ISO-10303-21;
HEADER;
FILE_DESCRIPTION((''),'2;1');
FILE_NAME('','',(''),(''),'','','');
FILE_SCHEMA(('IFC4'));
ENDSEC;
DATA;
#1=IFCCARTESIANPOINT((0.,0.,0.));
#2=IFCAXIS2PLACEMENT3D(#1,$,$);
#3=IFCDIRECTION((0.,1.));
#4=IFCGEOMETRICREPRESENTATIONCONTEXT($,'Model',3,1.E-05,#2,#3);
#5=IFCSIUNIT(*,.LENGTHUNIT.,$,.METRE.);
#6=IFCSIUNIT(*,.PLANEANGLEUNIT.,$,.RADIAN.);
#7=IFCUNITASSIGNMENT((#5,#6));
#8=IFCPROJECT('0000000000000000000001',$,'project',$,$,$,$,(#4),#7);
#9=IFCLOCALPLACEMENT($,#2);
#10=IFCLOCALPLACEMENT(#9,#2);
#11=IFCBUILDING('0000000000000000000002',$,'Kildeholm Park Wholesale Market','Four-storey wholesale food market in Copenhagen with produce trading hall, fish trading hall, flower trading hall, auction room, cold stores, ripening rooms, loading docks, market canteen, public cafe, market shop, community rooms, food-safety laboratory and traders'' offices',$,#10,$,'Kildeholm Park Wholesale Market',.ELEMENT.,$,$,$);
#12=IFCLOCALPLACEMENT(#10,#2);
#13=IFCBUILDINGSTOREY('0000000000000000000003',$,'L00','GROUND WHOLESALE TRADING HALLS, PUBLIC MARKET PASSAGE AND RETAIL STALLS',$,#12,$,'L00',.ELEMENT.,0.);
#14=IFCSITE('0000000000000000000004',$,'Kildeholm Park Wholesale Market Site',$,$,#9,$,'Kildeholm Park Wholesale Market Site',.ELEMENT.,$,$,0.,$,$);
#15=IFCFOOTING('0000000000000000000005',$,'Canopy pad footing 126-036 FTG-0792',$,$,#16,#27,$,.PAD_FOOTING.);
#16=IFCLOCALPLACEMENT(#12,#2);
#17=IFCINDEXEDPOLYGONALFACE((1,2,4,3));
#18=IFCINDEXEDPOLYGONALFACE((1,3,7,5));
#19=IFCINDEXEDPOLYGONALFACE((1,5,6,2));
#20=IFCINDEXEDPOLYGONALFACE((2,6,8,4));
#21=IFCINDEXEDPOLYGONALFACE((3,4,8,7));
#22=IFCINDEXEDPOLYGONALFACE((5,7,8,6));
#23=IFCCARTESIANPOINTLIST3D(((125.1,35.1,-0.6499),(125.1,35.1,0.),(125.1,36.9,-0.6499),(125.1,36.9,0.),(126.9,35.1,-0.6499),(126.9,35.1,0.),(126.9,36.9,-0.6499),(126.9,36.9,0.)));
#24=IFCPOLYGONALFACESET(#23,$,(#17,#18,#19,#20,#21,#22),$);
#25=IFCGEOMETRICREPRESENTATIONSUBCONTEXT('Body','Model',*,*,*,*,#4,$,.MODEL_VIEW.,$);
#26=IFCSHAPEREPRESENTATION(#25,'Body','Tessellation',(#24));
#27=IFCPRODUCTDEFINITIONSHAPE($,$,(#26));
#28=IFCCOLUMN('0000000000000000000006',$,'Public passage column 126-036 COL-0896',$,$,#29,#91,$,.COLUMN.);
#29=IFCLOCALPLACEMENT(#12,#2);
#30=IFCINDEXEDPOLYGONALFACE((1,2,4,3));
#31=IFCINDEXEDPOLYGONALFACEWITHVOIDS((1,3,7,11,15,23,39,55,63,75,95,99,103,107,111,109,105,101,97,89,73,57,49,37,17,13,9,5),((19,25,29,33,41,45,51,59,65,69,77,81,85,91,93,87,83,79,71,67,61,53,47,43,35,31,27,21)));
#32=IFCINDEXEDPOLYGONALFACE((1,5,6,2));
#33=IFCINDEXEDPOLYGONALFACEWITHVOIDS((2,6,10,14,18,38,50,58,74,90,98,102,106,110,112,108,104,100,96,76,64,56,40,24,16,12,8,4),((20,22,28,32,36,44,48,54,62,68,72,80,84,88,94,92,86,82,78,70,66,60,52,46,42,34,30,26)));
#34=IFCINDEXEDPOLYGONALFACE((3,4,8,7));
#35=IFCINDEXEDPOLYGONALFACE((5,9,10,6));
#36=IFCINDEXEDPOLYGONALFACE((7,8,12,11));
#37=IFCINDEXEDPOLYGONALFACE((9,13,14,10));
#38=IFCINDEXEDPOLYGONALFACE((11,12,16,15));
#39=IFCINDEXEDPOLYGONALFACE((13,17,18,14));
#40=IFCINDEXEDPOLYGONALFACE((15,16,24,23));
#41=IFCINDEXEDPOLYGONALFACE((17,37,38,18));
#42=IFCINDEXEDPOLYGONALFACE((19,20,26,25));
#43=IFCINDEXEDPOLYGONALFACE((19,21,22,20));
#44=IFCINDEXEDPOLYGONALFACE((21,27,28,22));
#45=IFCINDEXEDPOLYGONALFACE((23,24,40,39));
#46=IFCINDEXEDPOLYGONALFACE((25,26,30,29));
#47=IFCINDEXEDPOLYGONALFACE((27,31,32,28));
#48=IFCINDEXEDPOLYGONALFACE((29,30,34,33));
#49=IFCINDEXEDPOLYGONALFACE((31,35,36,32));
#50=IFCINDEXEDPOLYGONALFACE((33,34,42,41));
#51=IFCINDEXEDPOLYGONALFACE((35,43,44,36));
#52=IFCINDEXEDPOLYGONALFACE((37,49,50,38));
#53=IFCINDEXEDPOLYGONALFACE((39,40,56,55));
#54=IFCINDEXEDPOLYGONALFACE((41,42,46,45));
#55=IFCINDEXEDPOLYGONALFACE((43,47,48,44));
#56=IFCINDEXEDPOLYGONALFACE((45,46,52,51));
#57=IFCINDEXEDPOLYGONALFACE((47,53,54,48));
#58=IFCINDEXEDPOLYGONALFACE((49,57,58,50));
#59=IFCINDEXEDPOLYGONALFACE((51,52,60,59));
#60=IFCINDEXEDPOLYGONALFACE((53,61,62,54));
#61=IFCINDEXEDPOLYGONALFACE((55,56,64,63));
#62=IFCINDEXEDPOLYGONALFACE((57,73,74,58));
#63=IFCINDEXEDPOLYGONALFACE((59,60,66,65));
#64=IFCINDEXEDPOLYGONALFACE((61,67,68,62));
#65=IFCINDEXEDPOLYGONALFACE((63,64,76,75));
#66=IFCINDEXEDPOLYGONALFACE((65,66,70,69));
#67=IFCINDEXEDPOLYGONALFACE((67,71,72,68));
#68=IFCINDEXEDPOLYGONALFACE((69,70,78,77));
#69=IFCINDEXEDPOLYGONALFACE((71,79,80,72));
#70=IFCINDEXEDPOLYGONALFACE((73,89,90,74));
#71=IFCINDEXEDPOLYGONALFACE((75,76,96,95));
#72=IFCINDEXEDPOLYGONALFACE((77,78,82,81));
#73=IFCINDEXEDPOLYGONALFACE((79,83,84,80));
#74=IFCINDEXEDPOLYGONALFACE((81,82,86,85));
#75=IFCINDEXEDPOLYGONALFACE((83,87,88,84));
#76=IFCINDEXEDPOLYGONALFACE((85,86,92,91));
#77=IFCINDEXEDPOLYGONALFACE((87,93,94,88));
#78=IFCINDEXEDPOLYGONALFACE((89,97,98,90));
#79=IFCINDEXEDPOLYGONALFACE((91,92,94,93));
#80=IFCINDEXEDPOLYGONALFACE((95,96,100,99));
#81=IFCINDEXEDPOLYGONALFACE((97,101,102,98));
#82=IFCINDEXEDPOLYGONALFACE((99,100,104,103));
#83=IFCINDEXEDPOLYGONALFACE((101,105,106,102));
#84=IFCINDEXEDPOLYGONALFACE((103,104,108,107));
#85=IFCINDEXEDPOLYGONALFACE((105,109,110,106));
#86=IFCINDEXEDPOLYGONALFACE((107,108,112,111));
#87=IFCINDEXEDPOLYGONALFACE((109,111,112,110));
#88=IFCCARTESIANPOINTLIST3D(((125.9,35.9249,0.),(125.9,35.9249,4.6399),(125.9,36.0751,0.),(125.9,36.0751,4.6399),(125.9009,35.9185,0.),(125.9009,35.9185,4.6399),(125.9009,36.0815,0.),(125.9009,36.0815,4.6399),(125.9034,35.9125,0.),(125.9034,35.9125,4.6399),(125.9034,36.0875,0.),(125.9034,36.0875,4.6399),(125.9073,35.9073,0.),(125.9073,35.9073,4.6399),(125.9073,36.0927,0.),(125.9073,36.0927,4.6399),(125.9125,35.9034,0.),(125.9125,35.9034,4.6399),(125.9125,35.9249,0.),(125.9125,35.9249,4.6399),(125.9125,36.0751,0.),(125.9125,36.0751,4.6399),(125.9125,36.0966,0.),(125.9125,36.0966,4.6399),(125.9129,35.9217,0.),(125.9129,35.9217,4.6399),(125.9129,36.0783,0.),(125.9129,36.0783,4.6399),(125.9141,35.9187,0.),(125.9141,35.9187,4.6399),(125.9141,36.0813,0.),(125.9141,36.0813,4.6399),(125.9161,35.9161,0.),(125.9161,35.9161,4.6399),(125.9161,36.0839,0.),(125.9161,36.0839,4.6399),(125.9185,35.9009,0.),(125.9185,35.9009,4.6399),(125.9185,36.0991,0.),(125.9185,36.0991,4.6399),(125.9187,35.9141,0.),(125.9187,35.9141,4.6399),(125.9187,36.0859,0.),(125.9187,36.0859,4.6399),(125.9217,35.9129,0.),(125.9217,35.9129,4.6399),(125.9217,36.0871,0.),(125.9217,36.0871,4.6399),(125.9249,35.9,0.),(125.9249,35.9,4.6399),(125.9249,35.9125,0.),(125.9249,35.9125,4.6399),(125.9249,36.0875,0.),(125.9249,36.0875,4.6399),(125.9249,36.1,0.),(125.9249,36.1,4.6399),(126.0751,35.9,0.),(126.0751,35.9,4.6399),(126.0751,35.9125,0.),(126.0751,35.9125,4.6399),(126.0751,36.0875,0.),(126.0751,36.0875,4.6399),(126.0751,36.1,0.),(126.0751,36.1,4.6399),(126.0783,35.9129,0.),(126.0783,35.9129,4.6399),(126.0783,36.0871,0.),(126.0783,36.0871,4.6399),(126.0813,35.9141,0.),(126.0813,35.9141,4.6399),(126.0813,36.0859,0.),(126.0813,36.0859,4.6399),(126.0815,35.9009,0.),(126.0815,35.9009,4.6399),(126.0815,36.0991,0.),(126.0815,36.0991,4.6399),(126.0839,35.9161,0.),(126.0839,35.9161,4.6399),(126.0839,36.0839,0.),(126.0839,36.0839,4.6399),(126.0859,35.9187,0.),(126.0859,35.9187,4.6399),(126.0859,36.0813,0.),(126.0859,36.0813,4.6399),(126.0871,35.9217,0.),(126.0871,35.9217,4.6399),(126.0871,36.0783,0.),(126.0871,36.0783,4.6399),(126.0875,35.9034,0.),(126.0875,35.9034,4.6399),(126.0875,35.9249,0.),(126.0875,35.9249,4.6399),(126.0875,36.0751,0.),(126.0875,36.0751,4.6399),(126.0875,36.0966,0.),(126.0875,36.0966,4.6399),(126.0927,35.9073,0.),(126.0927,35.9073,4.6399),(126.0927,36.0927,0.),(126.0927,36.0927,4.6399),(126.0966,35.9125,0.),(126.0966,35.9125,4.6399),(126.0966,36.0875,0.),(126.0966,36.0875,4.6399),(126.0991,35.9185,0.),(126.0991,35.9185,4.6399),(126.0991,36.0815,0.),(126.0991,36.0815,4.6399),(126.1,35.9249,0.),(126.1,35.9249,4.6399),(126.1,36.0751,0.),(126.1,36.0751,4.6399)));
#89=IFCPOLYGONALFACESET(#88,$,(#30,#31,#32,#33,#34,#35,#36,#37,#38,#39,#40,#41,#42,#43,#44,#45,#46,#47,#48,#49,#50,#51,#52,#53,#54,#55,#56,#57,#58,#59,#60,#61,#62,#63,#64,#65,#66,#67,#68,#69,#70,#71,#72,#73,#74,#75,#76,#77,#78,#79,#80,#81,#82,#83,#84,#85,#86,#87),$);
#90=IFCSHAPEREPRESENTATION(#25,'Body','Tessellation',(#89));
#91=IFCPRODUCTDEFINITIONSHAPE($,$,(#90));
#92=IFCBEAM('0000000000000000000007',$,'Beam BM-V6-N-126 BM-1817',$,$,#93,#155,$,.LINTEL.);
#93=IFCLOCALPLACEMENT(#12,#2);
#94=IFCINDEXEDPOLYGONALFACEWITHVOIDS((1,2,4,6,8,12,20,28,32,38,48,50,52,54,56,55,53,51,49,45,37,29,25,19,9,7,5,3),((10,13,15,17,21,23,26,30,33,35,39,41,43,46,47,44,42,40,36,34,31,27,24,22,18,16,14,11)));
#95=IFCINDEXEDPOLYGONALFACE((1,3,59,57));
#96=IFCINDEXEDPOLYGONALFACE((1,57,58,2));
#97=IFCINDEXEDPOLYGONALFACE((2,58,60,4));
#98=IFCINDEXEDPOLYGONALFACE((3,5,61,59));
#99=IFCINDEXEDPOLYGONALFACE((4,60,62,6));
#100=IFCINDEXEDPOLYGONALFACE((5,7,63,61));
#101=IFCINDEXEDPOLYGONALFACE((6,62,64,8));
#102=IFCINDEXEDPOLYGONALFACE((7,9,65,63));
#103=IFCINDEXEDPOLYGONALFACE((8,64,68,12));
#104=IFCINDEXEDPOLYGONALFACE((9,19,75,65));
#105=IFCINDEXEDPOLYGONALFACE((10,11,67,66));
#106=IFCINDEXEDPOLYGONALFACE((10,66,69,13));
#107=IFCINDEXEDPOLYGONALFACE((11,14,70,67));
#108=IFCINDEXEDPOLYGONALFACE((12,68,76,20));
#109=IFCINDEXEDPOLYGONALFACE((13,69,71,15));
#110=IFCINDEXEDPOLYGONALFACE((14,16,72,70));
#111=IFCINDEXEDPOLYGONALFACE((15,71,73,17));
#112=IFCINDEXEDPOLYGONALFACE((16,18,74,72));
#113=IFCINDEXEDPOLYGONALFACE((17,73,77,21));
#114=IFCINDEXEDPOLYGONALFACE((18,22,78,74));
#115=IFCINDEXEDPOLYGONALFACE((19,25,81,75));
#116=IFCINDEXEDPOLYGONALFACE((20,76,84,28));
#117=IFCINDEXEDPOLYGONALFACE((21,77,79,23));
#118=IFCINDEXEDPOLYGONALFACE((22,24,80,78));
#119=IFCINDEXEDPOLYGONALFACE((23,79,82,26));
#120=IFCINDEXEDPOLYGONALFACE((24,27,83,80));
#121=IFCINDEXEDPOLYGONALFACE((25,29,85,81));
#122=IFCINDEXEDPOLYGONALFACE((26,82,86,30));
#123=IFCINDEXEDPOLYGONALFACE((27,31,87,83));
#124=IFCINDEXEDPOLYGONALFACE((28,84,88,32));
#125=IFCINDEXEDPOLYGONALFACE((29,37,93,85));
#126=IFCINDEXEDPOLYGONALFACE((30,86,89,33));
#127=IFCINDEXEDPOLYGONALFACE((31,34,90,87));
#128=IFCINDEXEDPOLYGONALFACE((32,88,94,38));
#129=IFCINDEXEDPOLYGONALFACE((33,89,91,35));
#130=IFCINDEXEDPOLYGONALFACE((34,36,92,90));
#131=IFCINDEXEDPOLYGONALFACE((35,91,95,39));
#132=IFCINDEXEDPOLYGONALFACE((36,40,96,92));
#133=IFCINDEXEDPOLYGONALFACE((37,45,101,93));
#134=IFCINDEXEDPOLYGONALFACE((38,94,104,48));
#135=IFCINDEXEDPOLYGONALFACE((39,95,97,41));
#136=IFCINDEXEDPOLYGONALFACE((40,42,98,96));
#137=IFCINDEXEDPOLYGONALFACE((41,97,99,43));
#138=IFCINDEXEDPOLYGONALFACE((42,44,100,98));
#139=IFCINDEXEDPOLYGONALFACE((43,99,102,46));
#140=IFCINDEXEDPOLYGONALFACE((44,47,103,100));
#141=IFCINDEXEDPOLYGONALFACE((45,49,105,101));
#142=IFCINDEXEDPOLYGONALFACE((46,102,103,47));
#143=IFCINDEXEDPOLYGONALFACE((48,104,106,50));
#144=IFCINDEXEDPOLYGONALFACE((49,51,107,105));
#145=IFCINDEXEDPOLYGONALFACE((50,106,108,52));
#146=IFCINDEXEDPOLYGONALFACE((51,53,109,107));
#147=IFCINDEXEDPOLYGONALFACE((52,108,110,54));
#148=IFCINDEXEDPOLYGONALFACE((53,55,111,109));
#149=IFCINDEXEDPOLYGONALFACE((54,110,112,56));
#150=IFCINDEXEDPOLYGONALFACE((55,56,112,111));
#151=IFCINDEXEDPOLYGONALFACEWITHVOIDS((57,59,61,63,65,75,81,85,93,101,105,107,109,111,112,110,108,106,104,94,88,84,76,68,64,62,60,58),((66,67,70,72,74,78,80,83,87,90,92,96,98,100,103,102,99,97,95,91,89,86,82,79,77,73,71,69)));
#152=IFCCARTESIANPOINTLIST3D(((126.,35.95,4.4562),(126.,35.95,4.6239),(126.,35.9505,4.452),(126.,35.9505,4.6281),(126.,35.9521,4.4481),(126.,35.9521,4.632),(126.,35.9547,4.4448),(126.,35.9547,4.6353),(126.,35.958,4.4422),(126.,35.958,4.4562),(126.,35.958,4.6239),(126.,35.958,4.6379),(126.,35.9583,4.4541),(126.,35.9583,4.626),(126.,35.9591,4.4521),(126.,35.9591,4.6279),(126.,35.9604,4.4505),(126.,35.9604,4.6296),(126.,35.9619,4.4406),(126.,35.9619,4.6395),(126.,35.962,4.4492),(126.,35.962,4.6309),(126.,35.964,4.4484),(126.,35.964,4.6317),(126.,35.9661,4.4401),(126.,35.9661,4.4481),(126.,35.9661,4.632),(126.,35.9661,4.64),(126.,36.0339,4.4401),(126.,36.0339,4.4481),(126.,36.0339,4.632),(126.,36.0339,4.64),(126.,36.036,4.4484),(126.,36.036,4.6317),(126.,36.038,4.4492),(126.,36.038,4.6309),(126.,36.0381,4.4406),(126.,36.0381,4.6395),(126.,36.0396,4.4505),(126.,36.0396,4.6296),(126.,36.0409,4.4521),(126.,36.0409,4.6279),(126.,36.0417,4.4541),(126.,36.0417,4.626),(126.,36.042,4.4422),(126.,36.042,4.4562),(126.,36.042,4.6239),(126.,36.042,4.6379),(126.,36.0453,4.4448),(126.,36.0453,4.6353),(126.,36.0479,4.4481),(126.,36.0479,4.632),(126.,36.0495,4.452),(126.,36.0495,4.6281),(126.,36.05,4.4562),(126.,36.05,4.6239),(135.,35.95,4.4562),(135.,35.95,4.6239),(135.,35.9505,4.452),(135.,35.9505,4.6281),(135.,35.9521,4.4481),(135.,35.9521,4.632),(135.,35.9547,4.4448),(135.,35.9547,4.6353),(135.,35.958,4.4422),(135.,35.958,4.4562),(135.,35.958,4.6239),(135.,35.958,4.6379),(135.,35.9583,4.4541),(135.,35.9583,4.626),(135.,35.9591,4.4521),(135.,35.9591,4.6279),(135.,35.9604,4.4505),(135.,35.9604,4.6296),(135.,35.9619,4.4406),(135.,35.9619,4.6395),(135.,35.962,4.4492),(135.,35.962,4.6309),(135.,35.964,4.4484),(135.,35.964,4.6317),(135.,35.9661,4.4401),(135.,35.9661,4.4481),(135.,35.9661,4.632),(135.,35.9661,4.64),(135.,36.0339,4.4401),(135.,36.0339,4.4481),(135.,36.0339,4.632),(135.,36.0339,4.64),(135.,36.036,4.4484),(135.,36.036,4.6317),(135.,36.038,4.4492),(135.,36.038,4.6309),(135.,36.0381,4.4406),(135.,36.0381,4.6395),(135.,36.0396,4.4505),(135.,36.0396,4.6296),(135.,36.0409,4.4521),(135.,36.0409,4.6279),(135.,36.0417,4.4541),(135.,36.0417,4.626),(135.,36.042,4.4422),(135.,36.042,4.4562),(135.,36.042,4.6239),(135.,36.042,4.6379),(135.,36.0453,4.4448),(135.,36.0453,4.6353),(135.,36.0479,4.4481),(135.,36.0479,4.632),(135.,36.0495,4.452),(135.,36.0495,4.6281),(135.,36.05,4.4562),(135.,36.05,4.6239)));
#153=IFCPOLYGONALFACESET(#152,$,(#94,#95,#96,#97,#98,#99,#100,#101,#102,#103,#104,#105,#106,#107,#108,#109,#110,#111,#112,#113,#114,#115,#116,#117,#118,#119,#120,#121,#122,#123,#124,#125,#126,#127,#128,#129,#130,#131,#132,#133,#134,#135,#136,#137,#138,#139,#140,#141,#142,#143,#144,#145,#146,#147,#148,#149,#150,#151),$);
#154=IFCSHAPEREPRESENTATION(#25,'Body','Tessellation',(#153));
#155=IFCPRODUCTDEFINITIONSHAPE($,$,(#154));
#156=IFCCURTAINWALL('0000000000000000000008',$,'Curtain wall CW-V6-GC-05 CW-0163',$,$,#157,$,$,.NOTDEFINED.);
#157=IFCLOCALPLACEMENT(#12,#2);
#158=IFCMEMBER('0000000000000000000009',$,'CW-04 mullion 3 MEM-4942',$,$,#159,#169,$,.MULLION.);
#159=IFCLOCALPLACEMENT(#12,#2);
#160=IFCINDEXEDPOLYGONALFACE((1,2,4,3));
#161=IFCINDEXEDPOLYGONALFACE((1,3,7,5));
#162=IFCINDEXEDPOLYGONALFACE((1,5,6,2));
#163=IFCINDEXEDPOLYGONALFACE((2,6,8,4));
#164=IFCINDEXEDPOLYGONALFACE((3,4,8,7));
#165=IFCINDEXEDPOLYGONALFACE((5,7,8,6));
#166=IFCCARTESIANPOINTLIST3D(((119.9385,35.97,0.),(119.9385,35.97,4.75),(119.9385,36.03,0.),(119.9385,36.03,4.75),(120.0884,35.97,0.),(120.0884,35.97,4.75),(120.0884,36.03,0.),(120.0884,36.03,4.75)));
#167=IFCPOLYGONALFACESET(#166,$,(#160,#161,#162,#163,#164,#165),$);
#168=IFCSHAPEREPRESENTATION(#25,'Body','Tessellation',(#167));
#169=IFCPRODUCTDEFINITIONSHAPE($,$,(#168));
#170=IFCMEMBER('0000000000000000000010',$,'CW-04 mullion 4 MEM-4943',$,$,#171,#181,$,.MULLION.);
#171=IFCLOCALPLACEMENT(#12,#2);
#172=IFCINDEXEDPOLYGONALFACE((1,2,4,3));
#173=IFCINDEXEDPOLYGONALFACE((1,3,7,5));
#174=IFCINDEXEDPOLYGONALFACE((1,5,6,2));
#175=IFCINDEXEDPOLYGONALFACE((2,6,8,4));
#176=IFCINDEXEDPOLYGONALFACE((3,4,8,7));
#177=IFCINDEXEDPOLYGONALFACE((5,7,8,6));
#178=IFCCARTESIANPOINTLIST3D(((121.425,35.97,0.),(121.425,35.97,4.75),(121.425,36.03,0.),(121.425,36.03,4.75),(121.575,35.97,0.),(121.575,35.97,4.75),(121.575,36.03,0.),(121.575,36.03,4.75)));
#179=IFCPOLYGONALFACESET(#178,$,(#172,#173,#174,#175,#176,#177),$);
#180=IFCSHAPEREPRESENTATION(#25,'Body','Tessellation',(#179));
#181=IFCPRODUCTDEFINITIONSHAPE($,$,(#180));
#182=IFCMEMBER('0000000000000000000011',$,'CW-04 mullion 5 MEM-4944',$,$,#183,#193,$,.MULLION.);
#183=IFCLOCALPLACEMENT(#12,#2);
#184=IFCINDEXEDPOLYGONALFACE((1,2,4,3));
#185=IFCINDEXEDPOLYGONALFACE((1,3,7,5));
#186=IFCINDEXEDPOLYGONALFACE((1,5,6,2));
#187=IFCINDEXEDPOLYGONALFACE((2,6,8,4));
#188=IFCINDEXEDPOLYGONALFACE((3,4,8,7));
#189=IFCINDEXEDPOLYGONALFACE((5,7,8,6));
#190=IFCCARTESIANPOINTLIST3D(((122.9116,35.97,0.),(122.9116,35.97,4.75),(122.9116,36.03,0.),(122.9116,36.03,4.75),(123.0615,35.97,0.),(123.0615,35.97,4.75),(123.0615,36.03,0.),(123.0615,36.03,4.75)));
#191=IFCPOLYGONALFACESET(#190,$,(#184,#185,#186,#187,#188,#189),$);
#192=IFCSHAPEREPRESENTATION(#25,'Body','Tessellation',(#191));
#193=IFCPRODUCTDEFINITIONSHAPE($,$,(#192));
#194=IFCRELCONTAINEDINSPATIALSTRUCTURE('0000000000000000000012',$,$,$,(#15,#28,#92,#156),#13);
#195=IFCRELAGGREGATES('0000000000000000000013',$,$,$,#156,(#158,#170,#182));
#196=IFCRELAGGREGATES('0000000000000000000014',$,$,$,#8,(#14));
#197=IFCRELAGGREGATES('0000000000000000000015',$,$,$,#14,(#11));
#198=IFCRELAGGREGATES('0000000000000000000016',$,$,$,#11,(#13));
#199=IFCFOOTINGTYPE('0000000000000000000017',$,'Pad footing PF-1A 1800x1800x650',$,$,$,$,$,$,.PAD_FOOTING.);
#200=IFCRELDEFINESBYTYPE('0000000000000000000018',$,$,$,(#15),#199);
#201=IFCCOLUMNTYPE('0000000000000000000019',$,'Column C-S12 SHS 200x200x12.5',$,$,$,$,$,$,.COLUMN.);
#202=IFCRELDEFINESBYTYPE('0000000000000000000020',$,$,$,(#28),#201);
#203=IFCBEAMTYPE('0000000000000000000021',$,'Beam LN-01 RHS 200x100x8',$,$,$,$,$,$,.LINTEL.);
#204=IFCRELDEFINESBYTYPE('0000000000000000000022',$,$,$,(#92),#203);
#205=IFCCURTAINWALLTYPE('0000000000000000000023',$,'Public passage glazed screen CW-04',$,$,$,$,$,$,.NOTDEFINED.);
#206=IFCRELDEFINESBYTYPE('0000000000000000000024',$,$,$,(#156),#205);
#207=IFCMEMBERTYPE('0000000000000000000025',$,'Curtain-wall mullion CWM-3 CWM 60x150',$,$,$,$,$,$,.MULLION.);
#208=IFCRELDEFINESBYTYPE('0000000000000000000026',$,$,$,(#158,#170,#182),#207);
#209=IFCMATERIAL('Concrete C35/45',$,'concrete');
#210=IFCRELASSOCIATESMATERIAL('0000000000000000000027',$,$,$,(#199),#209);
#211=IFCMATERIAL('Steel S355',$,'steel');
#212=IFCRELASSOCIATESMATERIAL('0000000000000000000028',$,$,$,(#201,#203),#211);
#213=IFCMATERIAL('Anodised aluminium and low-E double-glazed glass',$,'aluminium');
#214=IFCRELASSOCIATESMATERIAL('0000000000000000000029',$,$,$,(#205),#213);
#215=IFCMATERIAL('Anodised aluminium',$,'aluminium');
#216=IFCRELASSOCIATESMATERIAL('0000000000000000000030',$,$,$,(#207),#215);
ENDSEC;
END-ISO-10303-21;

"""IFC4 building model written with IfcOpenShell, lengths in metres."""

from ifc_helpers import new_model, si_unit, direction, frame, origin, origin_2d, place, context, subcontext, project, spatial, rectangle, hollow_rectangle, extrude, material, material_profile, profile_set, type_object, element, aggregate, save


model = new_model("IFC4")

# Units and contexts
model_context = context("Model", 3, precision=1e-05, world=origin(), true_north=direction((0.0, 1.0)))
body_context = subcontext(model_context, "Body", "Model", "MODEL_VIEW")
ifc_project = project(units=[si_unit("LENGTHUNIT", "METRE"), si_unit("PLANEANGLEUNIT", "RADIAN")], contexts=[model_context])

# Site, building, storey
site_placement = place(None, origin())
site = spatial("IfcSite", under=ifc_project, at=site_placement, Name="Kildeholm Park Wholesale Market Site", LongName="Kildeholm Park Wholesale Market Site", CompositionType="ELEMENT", RefElevation=0.0)
building_placement = place(site_placement, origin())
building = spatial("IfcBuilding", under=site, at=building_placement, Name="Kildeholm Park Wholesale Market", Description="Four-storey wholesale food market in Copenhagen with produce trading hall, fish trading hall, flower trading hall, auction room, cold stores, ripening rooms, loading docks, market canteen, public cafe, market shop, community rooms, food-safety laboratory and traders' offices", LongName="Kildeholm Park Wholesale Market", CompositionType="ELEMENT")
storey_placement = place(building_placement, origin())
storey = spatial("IfcBuildingStorey", under=building, at=storey_placement, Name="L00", Description="GROUND WHOLESALE TRADING HALLS, PUBLIC MARKET PASSAGE AND RETAIL STALLS", LongName="L00", CompositionType="ELEMENT", Elevation=0.0)

# Footing
ifc_material_1 = material(Name="Concrete C35/45", Category="concrete")
footing_type = type_object("IfcFootingType", Name="Pad footing PF-1A 1800x1800x650", PredefinedType="PAD_FOOTING", material=ifc_material_1)
footing_placement = place(storey_placement, frame((126.0, 36.0, -0.6499), z_axis=(0.0, 0.0, 1.0), x_axis=(1.0, 0.0, 0.0)))
element("IfcFooting", 1, at=footing_placement, inside=storey, type_object=footing_type, Name="Canopy pad footing 126-036 FTG-0792", PredefinedType="PAD_FOOTING", context=body_context, shape_type="SweptSolid", body=[
    extrude(rectangle(XDim=1.8, YDim=1.8, at=origin_2d()), origin(), (0.0, 0.0, 1.0), 0.6499),
])

# Column
ifc_material_2 = material(Name="Steel S355", Category="steel")
ifc_material_profile_1 = material_profile(ifc_material_2, hollow_rectangle(XDim=0.2, YDim=0.2, WallThickness=0.0125, InnerFilletRadius=0.0125, OuterFilletRadius=0.0249, at=origin_2d()), Name="SHS 200x200x12.5")
ifc_profile_set_1 = profile_set([ifc_material_profile_1], Name="Steel S355")
column_type = type_object("IfcColumnType", Name="Column C-S12 SHS 200x200x12.5", PredefinedType="COLUMN", material=ifc_profile_set_1)
column_placement = place(storey_placement, frame((126.0, 36.0, 0.0), z_axis=(0.0, 0.0, 1.0), x_axis=(1.0, 0.0, 0.0)))
element("IfcColumn", 2, at=column_placement, inside=storey, type_object=column_type, Name="Public passage column 126-036 COL-0896", PredefinedType="COLUMN", context=body_context, shape_type="SweptSolid", body=[
    extrude(hollow_rectangle(XDim=0.2, YDim=0.2, WallThickness=0.0125, InnerFilletRadius=0.0125, OuterFilletRadius=0.0249, at=origin_2d()), origin(), (0.0, 0.0, 1.0), 4.6399),
])

# Beam
ifc_material_profile_2 = material_profile(ifc_material_2, hollow_rectangle(XDim=0.1001, YDim=0.2, WallThickness=0.0081, InnerFilletRadius=0.0081, OuterFilletRadius=0.0161, at=origin_2d()), Name="RHS 200x100x8")
ifc_profile_set_2 = profile_set([ifc_material_profile_2], Name="Steel S355")
beam_type = type_object("IfcBeamType", Name="Beam LN-01 RHS 200x100x8", PredefinedType="LINTEL", material=ifc_profile_set_2)
beam_placement = place(storey_placement, frame((126.0, 36.0, 4.54), z_axis=(1.0, 0.0, 0.0), x_axis=(0.0, 1.0, 0.0)))
element("IfcBeam", 3, at=beam_placement, inside=storey, type_object=beam_type, Name="Beam BM-V6-N-126 BM-1817", PredefinedType="LINTEL", context=body_context, shape_type="SweptSolid", body=[
    extrude(hollow_rectangle(XDim=0.1001, YDim=0.2, WallThickness=0.0081, InnerFilletRadius=0.0081, OuterFilletRadius=0.0161, at=origin_2d()), origin(), (0.0, 0.0, 1.0), 9.0),
])

# Curtain wall, members
ifc_material_3 = material(Name="Anodised aluminium and low-E double-glazed glass", Category="aluminium")
curtain_wall_type = type_object("IfcCurtainWallType", Name="Public passage glazed screen CW-04", PredefinedType="NOTDEFINED", material=ifc_material_3)
curtain_wall_placement = place(storey_placement, origin())
curtain_wall = element("IfcCurtainWall", 4, at=curtain_wall_placement, inside=storey, type_object=curtain_wall_type, Name="Curtain wall CW-V6-GC-05 CW-0163", PredefinedType="NOTDEFINED")
ifc_material_4 = material(Name="Anodised aluminium", Category="aluminium")
ifc_material_profile_3 = material_profile(ifc_material_4, rectangle(XDim=0.0601, YDim=0.1499, at=origin_2d()), Name="CWM 60x150")
ifc_profile_set_3 = profile_set([ifc_material_profile_3], Name="Anodised aluminium")
member_type_1 = type_object("IfcMemberType", Name="Curtain-wall mullion CWM-3 CWM 60x150", PredefinedType="MULLION", material=ifc_profile_set_3)
member_1_placement = place(storey_placement, frame((120.0134, 36.0, 0.0), z_axis=(0.0, 0.0, 1.0), x_axis=(0.0, 1.0, 0.0)))
member_1 = element("IfcMember", 5, at=member_1_placement, type_object=member_type_1, Name="CW-04 mullion 3 MEM-4942", PredefinedType="MULLION", context=body_context, shape_type="SweptSolid", body=[
    extrude(rectangle(XDim=0.0601, YDim=0.1499, at=origin_2d()), origin(), (0.0, 0.0, 1.0), 4.75),
])
member_2_placement = place(storey_placement, frame((121.5, 36.0, 0.0), z_axis=(0.0, 0.0, 1.0), x_axis=(0.0, 1.0, 0.0)))
member_2 = element("IfcMember", 6, at=member_2_placement, type_object=member_type_1, Name="CW-04 mullion 4 MEM-4943", PredefinedType="MULLION", context=body_context, shape_type="SweptSolid", body=[
    extrude(rectangle(XDim=0.0601, YDim=0.1499, at=origin_2d()), origin(), (0.0, 0.0, 1.0), 4.75),
])
member_3_placement = place(storey_placement, frame((122.9866, 36.0, 0.0), z_axis=(0.0, 0.0, 1.0), x_axis=(0.0, 1.0, 0.0)))
member_3 = element("IfcMember", 7, at=member_3_placement, type_object=member_type_1, Name="CW-04 mullion 5 MEM-4944", PredefinedType="MULLION", context=body_context, shape_type="SweptSolid", body=[
    extrude(rectangle(XDim=0.0601, YDim=0.1499, at=origin_2d()), origin(), (0.0, 0.0, 1.0), 4.75),
])

aggregate(curtain_wall, [member_1, member_2, member_3])

save(model, "model.ifc")
